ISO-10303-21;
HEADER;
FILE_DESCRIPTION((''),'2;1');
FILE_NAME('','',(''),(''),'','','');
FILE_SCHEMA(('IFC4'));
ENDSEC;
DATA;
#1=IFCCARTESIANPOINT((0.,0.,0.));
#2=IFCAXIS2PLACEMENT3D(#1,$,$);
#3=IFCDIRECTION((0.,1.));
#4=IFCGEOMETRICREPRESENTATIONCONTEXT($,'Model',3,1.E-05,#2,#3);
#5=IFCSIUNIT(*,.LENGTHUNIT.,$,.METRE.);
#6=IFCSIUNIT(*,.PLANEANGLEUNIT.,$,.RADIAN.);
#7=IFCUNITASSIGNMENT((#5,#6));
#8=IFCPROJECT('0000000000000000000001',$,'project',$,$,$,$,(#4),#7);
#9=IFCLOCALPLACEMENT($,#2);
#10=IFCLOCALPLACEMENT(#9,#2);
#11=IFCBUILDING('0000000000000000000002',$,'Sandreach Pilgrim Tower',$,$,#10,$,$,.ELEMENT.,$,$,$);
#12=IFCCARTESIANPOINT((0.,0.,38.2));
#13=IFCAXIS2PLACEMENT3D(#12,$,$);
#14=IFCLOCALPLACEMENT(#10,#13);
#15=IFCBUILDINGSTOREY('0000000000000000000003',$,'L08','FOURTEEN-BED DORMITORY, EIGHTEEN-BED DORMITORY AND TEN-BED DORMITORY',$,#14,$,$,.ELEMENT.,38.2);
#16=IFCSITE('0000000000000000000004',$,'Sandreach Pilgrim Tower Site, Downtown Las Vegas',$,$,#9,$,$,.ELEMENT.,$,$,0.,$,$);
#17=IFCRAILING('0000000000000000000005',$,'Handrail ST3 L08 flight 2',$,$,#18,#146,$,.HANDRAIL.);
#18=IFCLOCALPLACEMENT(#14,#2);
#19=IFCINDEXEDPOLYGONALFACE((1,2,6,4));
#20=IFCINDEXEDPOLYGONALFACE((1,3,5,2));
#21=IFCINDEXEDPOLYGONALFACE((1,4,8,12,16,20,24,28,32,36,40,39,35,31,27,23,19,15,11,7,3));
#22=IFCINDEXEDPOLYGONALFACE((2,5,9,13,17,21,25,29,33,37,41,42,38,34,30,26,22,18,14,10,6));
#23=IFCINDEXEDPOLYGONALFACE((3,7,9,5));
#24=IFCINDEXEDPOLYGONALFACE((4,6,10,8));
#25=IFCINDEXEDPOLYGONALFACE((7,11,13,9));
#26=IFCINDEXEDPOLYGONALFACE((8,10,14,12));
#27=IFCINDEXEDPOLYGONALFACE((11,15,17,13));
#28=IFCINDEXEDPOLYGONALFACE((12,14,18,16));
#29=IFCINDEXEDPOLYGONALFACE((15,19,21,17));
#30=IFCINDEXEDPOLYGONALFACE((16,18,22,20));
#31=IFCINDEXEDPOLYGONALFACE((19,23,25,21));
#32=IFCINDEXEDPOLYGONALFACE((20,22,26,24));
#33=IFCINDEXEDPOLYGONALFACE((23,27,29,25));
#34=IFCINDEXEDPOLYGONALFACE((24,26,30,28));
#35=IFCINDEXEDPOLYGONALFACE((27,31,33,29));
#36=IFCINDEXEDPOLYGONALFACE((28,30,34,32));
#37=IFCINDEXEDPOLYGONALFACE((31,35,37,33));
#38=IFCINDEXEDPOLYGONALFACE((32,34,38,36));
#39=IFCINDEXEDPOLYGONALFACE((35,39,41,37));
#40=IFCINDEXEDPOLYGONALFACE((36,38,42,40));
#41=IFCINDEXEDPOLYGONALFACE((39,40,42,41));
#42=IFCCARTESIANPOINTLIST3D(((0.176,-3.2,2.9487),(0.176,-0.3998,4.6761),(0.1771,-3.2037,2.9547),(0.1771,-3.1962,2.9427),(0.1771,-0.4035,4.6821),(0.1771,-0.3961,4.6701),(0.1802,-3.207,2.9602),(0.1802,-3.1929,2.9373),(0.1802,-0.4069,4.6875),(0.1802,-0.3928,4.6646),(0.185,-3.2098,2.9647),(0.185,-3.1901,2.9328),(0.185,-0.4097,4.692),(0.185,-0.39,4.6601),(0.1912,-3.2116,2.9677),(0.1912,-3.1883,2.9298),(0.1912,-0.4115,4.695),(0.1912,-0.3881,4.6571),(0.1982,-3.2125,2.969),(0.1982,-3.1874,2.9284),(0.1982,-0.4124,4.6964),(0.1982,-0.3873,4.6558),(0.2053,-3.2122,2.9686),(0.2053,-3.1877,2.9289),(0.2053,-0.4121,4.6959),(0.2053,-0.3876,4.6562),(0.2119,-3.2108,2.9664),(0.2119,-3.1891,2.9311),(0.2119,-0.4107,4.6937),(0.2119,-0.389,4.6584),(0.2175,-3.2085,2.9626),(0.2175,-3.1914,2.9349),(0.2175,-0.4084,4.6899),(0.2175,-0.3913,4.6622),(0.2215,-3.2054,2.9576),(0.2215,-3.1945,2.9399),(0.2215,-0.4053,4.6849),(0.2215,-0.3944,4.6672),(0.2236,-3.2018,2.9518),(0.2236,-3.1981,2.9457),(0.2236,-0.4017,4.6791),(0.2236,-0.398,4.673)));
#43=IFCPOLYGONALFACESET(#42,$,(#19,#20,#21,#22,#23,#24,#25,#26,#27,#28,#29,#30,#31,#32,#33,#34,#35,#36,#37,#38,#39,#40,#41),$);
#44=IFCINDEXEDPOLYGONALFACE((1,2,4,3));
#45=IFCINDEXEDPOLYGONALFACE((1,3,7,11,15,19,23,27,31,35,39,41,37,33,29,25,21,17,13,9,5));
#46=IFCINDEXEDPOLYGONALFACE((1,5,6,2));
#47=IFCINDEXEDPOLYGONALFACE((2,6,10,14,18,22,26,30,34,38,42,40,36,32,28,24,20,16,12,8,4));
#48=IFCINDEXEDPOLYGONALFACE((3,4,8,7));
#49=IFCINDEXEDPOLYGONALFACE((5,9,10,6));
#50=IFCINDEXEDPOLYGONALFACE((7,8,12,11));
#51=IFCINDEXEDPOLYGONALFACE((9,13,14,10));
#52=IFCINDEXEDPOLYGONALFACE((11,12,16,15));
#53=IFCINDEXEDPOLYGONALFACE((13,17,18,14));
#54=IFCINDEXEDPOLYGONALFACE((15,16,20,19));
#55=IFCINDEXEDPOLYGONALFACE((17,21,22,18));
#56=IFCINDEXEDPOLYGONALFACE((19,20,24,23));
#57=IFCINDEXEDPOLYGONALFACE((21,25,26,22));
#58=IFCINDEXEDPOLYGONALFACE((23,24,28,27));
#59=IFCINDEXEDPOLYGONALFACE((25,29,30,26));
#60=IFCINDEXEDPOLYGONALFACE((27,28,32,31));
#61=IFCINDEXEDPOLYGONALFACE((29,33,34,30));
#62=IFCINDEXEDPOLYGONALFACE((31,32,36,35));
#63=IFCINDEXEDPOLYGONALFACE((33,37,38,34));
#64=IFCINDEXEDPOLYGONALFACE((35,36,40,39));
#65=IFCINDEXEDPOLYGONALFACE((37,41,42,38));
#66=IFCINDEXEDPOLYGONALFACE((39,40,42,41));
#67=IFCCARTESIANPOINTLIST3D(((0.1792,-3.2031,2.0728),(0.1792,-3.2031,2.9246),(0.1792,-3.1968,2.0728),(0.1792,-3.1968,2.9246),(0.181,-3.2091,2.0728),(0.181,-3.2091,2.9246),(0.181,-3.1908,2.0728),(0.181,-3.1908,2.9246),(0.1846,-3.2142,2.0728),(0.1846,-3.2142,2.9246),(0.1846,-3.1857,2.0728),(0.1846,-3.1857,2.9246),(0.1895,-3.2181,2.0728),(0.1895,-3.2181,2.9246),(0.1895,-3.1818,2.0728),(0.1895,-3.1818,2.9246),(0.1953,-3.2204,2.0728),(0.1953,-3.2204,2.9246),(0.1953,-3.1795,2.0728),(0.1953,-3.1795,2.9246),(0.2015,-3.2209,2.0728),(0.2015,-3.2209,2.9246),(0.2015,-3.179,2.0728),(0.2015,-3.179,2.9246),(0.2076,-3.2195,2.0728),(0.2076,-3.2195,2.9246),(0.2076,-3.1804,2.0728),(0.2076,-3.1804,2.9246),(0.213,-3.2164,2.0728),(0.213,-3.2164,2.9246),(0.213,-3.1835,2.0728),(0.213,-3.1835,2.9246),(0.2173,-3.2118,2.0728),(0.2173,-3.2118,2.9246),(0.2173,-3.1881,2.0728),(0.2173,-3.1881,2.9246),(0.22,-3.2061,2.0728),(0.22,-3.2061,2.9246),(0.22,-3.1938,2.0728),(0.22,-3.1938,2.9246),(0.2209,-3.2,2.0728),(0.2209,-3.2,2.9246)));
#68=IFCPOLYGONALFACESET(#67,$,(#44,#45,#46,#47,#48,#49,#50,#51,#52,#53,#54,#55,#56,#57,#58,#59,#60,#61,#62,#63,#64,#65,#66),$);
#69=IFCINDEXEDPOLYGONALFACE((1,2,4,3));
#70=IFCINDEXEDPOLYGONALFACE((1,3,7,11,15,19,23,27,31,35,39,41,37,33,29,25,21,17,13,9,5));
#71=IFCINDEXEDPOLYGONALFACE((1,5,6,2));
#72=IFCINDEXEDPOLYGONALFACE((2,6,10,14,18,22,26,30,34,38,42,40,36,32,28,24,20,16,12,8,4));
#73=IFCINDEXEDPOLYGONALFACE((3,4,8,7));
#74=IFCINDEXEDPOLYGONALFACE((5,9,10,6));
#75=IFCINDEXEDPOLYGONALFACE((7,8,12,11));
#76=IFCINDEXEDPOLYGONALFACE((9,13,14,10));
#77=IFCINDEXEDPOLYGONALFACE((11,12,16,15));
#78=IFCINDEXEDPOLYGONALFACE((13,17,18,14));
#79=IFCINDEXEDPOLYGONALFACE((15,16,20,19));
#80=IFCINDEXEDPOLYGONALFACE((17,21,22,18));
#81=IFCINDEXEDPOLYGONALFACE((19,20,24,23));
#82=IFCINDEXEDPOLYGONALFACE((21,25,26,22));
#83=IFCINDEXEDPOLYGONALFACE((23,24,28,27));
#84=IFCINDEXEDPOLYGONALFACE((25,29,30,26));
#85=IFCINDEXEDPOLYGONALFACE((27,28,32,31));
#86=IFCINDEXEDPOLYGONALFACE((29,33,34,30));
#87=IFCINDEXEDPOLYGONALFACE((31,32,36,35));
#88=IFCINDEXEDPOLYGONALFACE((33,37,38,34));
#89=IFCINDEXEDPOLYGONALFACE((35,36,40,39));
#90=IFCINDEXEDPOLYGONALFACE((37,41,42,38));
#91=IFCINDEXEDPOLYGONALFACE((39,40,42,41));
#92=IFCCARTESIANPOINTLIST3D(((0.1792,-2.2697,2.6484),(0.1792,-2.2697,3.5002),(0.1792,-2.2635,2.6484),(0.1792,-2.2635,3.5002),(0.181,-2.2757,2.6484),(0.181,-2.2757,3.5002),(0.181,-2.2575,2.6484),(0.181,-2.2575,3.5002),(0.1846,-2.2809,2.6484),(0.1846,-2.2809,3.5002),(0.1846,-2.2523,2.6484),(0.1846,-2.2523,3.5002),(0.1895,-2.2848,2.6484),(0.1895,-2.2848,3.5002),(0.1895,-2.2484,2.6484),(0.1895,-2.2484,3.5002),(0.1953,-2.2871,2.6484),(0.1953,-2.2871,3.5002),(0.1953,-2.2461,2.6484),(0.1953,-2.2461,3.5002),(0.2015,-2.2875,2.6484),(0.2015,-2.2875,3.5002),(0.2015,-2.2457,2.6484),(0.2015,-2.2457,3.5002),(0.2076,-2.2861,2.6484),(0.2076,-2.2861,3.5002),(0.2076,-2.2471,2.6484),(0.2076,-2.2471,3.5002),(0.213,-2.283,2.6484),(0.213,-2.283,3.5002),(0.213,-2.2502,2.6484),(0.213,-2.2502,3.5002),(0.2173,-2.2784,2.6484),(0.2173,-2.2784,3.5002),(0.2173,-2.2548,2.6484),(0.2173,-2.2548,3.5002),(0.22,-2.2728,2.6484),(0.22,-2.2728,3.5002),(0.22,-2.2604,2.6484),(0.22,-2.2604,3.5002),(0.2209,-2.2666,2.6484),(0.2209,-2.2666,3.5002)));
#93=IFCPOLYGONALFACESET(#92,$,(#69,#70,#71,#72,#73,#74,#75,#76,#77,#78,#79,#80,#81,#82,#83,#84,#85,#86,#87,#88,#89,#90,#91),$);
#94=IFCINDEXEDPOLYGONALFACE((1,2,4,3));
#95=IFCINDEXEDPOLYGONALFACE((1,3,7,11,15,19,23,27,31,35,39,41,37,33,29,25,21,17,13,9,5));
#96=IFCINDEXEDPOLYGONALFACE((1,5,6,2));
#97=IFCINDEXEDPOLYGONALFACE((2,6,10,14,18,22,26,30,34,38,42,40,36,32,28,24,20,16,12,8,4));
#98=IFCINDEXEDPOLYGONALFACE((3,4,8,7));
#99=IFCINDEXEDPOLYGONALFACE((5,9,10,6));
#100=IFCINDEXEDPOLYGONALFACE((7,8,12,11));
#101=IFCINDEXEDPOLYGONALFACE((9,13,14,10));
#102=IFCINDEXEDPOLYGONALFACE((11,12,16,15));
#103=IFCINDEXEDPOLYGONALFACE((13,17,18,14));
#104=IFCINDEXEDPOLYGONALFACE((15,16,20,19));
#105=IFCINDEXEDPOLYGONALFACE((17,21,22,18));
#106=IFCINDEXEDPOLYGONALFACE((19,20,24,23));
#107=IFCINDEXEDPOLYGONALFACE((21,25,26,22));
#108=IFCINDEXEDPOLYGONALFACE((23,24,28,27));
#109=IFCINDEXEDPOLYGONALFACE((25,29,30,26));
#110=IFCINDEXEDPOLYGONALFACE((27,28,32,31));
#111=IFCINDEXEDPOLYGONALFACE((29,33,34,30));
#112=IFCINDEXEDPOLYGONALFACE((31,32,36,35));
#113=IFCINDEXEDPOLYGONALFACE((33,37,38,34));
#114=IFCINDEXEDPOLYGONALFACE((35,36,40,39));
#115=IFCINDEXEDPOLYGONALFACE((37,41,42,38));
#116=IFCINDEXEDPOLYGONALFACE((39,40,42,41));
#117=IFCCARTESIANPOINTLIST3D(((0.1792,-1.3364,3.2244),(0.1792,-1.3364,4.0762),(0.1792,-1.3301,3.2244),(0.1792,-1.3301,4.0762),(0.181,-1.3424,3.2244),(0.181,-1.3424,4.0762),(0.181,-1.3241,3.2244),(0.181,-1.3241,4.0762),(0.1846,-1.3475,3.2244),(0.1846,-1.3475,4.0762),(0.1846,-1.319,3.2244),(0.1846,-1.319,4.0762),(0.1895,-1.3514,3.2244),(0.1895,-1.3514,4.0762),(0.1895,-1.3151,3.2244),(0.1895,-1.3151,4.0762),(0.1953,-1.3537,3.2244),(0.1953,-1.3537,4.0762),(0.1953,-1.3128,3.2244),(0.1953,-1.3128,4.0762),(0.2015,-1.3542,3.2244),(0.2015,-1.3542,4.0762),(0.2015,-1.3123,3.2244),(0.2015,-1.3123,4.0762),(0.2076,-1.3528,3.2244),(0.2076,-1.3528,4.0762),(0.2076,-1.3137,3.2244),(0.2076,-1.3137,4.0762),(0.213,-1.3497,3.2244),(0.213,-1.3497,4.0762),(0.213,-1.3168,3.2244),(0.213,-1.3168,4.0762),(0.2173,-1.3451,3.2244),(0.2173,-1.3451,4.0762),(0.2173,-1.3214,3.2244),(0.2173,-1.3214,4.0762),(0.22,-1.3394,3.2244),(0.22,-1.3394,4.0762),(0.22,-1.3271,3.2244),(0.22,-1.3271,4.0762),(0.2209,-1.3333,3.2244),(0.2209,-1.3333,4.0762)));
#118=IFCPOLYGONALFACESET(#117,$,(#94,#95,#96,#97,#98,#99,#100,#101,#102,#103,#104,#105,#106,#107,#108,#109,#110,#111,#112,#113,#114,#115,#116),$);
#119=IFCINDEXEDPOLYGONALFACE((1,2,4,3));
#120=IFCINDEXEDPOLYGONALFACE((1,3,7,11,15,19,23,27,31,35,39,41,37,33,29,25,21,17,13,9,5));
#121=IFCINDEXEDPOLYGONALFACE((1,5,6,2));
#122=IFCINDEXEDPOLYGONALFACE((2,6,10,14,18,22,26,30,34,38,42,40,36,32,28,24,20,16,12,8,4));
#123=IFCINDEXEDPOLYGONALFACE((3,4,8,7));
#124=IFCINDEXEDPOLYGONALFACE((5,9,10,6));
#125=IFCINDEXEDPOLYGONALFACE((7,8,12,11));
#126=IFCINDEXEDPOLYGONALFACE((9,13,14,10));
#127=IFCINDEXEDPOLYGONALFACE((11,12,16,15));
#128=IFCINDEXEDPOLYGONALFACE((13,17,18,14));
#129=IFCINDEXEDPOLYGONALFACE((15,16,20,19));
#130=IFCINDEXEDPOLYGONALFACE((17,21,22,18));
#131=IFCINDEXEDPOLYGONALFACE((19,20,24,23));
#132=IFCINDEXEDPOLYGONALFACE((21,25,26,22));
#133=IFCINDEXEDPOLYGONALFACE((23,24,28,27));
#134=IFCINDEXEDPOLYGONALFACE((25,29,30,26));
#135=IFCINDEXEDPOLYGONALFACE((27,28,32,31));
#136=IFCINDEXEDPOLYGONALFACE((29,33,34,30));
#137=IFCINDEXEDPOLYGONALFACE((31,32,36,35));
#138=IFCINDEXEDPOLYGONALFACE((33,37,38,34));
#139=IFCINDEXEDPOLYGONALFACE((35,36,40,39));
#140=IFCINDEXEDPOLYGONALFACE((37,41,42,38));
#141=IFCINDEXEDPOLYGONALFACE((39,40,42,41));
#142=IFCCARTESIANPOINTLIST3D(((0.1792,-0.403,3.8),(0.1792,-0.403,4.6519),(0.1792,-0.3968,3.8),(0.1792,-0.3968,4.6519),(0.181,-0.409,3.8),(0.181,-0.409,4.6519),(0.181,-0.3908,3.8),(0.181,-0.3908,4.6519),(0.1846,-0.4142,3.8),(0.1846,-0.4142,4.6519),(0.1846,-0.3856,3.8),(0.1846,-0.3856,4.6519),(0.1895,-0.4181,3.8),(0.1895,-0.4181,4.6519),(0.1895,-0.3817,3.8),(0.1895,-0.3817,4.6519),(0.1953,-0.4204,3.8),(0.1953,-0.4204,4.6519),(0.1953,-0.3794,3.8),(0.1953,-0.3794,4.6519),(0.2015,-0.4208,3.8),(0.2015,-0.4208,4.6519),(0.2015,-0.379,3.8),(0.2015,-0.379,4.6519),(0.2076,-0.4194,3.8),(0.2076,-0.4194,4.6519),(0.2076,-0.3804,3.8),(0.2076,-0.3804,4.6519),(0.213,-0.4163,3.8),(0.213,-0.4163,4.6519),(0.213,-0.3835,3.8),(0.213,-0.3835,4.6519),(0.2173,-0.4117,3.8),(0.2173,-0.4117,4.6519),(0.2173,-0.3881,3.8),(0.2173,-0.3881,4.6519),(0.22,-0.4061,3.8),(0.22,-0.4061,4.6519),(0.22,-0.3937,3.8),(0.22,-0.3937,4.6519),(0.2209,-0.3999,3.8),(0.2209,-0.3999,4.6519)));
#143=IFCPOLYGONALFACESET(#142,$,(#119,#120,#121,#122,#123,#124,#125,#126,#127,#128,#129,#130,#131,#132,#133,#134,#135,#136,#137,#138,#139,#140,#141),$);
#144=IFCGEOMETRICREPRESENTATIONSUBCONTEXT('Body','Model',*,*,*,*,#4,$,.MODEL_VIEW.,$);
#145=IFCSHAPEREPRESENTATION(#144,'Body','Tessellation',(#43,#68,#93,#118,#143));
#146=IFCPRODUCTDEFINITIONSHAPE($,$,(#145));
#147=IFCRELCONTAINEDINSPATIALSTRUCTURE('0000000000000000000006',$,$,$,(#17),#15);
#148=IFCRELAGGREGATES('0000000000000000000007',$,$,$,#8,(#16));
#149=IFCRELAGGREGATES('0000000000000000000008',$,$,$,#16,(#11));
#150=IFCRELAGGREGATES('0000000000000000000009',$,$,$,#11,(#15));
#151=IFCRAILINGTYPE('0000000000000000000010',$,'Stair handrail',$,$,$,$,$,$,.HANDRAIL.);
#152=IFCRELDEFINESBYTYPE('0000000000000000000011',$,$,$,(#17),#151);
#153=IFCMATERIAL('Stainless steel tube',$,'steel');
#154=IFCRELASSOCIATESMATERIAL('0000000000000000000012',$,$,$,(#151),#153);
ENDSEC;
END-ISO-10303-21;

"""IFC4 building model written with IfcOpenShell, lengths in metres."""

from ifc_helpers import new_model, si_unit, direction, frame, origin, origin_2d, place, context, subcontext, project, spatial, circle, extrude, material, type_object, element, save


model = new_model("IFC4")

# Units and contexts
model_context = context("Model", 3, precision=1e-05, world=origin(), true_north=direction((0.0, 1.0)))
body_context = subcontext(model_context, "Body", "Model", "MODEL_VIEW")
ifc_project = project(units=[si_unit("LENGTHUNIT", "METRE"), si_unit("PLANEANGLEUNIT", "RADIAN")], contexts=[model_context])

# Site, building, storey
site_placement = place(None, origin())
site = spatial("IfcSite", under=ifc_project, at=site_placement, Name="Sandreach Pilgrim Tower Site, Downtown Las Vegas", CompositionType="ELEMENT", RefElevation=0.0)
building_placement = place(site_placement, origin())
building = spatial("IfcBuilding", under=site, at=building_placement, Name="Sandreach Pilgrim Tower", CompositionType="ELEMENT")
storey_placement = place(building_placement, frame((0.0, 0.0, 38.2)))
storey = spatial("IfcBuildingStorey", under=building, at=storey_placement, Name="L08", Description="FOURTEEN-BED DORMITORY, EIGHTEEN-BED DORMITORY AND TEN-BED DORMITORY", CompositionType="ELEMENT", Elevation=38.2)

# Railing
ifc_material_1 = material(Name="Stainless steel tube", Category="steel")
railing_type = type_object("IfcRailingType", Name="Stair handrail", PredefinedType="HANDRAIL", material=ifc_material_1)
for number, where, name in (
    (1, (0.2, -3.2, 2.0728), "Handrail ST3 L08 flight 2"),
):
    element("IfcRailing", number, at=place(storey_placement, frame(where)), inside=storey, type_object=railing_type, Name=name, PredefinedType="HANDRAIL", context=body_context, shape_type="SweptSolid", body=[
        extrude(circle(Radius=0.0239, at=origin_2d()), frame((0.0, 0.0, 0.876), z_axis=(0.0, 0.85109, 0.52502), x_axis=(-1.0, 0.0, 0.0)), (0.0, 0.0, 1.0), 3.29),
        extrude(circle(Radius=0.021, at=origin_2d()), origin(), (0.0, 0.0, 1.0), 0.8518),
        extrude(circle(Radius=0.021, at=origin_2d()), frame((0.0, 0.9333, 0.5757)), (0.0, 0.0, 1.0), 0.8518),
        extrude(circle(Radius=0.021, at=origin_2d()), frame((0.0, 1.8667, 1.1516)), (0.0, 0.0, 1.0), 0.8518),
        extrude(circle(Radius=0.021, at=origin_2d()), frame((0.0, 2.8, 1.7273)), (0.0, 0.0, 1.0), 0.8518),
    ])

save(model, "model.ifc")
